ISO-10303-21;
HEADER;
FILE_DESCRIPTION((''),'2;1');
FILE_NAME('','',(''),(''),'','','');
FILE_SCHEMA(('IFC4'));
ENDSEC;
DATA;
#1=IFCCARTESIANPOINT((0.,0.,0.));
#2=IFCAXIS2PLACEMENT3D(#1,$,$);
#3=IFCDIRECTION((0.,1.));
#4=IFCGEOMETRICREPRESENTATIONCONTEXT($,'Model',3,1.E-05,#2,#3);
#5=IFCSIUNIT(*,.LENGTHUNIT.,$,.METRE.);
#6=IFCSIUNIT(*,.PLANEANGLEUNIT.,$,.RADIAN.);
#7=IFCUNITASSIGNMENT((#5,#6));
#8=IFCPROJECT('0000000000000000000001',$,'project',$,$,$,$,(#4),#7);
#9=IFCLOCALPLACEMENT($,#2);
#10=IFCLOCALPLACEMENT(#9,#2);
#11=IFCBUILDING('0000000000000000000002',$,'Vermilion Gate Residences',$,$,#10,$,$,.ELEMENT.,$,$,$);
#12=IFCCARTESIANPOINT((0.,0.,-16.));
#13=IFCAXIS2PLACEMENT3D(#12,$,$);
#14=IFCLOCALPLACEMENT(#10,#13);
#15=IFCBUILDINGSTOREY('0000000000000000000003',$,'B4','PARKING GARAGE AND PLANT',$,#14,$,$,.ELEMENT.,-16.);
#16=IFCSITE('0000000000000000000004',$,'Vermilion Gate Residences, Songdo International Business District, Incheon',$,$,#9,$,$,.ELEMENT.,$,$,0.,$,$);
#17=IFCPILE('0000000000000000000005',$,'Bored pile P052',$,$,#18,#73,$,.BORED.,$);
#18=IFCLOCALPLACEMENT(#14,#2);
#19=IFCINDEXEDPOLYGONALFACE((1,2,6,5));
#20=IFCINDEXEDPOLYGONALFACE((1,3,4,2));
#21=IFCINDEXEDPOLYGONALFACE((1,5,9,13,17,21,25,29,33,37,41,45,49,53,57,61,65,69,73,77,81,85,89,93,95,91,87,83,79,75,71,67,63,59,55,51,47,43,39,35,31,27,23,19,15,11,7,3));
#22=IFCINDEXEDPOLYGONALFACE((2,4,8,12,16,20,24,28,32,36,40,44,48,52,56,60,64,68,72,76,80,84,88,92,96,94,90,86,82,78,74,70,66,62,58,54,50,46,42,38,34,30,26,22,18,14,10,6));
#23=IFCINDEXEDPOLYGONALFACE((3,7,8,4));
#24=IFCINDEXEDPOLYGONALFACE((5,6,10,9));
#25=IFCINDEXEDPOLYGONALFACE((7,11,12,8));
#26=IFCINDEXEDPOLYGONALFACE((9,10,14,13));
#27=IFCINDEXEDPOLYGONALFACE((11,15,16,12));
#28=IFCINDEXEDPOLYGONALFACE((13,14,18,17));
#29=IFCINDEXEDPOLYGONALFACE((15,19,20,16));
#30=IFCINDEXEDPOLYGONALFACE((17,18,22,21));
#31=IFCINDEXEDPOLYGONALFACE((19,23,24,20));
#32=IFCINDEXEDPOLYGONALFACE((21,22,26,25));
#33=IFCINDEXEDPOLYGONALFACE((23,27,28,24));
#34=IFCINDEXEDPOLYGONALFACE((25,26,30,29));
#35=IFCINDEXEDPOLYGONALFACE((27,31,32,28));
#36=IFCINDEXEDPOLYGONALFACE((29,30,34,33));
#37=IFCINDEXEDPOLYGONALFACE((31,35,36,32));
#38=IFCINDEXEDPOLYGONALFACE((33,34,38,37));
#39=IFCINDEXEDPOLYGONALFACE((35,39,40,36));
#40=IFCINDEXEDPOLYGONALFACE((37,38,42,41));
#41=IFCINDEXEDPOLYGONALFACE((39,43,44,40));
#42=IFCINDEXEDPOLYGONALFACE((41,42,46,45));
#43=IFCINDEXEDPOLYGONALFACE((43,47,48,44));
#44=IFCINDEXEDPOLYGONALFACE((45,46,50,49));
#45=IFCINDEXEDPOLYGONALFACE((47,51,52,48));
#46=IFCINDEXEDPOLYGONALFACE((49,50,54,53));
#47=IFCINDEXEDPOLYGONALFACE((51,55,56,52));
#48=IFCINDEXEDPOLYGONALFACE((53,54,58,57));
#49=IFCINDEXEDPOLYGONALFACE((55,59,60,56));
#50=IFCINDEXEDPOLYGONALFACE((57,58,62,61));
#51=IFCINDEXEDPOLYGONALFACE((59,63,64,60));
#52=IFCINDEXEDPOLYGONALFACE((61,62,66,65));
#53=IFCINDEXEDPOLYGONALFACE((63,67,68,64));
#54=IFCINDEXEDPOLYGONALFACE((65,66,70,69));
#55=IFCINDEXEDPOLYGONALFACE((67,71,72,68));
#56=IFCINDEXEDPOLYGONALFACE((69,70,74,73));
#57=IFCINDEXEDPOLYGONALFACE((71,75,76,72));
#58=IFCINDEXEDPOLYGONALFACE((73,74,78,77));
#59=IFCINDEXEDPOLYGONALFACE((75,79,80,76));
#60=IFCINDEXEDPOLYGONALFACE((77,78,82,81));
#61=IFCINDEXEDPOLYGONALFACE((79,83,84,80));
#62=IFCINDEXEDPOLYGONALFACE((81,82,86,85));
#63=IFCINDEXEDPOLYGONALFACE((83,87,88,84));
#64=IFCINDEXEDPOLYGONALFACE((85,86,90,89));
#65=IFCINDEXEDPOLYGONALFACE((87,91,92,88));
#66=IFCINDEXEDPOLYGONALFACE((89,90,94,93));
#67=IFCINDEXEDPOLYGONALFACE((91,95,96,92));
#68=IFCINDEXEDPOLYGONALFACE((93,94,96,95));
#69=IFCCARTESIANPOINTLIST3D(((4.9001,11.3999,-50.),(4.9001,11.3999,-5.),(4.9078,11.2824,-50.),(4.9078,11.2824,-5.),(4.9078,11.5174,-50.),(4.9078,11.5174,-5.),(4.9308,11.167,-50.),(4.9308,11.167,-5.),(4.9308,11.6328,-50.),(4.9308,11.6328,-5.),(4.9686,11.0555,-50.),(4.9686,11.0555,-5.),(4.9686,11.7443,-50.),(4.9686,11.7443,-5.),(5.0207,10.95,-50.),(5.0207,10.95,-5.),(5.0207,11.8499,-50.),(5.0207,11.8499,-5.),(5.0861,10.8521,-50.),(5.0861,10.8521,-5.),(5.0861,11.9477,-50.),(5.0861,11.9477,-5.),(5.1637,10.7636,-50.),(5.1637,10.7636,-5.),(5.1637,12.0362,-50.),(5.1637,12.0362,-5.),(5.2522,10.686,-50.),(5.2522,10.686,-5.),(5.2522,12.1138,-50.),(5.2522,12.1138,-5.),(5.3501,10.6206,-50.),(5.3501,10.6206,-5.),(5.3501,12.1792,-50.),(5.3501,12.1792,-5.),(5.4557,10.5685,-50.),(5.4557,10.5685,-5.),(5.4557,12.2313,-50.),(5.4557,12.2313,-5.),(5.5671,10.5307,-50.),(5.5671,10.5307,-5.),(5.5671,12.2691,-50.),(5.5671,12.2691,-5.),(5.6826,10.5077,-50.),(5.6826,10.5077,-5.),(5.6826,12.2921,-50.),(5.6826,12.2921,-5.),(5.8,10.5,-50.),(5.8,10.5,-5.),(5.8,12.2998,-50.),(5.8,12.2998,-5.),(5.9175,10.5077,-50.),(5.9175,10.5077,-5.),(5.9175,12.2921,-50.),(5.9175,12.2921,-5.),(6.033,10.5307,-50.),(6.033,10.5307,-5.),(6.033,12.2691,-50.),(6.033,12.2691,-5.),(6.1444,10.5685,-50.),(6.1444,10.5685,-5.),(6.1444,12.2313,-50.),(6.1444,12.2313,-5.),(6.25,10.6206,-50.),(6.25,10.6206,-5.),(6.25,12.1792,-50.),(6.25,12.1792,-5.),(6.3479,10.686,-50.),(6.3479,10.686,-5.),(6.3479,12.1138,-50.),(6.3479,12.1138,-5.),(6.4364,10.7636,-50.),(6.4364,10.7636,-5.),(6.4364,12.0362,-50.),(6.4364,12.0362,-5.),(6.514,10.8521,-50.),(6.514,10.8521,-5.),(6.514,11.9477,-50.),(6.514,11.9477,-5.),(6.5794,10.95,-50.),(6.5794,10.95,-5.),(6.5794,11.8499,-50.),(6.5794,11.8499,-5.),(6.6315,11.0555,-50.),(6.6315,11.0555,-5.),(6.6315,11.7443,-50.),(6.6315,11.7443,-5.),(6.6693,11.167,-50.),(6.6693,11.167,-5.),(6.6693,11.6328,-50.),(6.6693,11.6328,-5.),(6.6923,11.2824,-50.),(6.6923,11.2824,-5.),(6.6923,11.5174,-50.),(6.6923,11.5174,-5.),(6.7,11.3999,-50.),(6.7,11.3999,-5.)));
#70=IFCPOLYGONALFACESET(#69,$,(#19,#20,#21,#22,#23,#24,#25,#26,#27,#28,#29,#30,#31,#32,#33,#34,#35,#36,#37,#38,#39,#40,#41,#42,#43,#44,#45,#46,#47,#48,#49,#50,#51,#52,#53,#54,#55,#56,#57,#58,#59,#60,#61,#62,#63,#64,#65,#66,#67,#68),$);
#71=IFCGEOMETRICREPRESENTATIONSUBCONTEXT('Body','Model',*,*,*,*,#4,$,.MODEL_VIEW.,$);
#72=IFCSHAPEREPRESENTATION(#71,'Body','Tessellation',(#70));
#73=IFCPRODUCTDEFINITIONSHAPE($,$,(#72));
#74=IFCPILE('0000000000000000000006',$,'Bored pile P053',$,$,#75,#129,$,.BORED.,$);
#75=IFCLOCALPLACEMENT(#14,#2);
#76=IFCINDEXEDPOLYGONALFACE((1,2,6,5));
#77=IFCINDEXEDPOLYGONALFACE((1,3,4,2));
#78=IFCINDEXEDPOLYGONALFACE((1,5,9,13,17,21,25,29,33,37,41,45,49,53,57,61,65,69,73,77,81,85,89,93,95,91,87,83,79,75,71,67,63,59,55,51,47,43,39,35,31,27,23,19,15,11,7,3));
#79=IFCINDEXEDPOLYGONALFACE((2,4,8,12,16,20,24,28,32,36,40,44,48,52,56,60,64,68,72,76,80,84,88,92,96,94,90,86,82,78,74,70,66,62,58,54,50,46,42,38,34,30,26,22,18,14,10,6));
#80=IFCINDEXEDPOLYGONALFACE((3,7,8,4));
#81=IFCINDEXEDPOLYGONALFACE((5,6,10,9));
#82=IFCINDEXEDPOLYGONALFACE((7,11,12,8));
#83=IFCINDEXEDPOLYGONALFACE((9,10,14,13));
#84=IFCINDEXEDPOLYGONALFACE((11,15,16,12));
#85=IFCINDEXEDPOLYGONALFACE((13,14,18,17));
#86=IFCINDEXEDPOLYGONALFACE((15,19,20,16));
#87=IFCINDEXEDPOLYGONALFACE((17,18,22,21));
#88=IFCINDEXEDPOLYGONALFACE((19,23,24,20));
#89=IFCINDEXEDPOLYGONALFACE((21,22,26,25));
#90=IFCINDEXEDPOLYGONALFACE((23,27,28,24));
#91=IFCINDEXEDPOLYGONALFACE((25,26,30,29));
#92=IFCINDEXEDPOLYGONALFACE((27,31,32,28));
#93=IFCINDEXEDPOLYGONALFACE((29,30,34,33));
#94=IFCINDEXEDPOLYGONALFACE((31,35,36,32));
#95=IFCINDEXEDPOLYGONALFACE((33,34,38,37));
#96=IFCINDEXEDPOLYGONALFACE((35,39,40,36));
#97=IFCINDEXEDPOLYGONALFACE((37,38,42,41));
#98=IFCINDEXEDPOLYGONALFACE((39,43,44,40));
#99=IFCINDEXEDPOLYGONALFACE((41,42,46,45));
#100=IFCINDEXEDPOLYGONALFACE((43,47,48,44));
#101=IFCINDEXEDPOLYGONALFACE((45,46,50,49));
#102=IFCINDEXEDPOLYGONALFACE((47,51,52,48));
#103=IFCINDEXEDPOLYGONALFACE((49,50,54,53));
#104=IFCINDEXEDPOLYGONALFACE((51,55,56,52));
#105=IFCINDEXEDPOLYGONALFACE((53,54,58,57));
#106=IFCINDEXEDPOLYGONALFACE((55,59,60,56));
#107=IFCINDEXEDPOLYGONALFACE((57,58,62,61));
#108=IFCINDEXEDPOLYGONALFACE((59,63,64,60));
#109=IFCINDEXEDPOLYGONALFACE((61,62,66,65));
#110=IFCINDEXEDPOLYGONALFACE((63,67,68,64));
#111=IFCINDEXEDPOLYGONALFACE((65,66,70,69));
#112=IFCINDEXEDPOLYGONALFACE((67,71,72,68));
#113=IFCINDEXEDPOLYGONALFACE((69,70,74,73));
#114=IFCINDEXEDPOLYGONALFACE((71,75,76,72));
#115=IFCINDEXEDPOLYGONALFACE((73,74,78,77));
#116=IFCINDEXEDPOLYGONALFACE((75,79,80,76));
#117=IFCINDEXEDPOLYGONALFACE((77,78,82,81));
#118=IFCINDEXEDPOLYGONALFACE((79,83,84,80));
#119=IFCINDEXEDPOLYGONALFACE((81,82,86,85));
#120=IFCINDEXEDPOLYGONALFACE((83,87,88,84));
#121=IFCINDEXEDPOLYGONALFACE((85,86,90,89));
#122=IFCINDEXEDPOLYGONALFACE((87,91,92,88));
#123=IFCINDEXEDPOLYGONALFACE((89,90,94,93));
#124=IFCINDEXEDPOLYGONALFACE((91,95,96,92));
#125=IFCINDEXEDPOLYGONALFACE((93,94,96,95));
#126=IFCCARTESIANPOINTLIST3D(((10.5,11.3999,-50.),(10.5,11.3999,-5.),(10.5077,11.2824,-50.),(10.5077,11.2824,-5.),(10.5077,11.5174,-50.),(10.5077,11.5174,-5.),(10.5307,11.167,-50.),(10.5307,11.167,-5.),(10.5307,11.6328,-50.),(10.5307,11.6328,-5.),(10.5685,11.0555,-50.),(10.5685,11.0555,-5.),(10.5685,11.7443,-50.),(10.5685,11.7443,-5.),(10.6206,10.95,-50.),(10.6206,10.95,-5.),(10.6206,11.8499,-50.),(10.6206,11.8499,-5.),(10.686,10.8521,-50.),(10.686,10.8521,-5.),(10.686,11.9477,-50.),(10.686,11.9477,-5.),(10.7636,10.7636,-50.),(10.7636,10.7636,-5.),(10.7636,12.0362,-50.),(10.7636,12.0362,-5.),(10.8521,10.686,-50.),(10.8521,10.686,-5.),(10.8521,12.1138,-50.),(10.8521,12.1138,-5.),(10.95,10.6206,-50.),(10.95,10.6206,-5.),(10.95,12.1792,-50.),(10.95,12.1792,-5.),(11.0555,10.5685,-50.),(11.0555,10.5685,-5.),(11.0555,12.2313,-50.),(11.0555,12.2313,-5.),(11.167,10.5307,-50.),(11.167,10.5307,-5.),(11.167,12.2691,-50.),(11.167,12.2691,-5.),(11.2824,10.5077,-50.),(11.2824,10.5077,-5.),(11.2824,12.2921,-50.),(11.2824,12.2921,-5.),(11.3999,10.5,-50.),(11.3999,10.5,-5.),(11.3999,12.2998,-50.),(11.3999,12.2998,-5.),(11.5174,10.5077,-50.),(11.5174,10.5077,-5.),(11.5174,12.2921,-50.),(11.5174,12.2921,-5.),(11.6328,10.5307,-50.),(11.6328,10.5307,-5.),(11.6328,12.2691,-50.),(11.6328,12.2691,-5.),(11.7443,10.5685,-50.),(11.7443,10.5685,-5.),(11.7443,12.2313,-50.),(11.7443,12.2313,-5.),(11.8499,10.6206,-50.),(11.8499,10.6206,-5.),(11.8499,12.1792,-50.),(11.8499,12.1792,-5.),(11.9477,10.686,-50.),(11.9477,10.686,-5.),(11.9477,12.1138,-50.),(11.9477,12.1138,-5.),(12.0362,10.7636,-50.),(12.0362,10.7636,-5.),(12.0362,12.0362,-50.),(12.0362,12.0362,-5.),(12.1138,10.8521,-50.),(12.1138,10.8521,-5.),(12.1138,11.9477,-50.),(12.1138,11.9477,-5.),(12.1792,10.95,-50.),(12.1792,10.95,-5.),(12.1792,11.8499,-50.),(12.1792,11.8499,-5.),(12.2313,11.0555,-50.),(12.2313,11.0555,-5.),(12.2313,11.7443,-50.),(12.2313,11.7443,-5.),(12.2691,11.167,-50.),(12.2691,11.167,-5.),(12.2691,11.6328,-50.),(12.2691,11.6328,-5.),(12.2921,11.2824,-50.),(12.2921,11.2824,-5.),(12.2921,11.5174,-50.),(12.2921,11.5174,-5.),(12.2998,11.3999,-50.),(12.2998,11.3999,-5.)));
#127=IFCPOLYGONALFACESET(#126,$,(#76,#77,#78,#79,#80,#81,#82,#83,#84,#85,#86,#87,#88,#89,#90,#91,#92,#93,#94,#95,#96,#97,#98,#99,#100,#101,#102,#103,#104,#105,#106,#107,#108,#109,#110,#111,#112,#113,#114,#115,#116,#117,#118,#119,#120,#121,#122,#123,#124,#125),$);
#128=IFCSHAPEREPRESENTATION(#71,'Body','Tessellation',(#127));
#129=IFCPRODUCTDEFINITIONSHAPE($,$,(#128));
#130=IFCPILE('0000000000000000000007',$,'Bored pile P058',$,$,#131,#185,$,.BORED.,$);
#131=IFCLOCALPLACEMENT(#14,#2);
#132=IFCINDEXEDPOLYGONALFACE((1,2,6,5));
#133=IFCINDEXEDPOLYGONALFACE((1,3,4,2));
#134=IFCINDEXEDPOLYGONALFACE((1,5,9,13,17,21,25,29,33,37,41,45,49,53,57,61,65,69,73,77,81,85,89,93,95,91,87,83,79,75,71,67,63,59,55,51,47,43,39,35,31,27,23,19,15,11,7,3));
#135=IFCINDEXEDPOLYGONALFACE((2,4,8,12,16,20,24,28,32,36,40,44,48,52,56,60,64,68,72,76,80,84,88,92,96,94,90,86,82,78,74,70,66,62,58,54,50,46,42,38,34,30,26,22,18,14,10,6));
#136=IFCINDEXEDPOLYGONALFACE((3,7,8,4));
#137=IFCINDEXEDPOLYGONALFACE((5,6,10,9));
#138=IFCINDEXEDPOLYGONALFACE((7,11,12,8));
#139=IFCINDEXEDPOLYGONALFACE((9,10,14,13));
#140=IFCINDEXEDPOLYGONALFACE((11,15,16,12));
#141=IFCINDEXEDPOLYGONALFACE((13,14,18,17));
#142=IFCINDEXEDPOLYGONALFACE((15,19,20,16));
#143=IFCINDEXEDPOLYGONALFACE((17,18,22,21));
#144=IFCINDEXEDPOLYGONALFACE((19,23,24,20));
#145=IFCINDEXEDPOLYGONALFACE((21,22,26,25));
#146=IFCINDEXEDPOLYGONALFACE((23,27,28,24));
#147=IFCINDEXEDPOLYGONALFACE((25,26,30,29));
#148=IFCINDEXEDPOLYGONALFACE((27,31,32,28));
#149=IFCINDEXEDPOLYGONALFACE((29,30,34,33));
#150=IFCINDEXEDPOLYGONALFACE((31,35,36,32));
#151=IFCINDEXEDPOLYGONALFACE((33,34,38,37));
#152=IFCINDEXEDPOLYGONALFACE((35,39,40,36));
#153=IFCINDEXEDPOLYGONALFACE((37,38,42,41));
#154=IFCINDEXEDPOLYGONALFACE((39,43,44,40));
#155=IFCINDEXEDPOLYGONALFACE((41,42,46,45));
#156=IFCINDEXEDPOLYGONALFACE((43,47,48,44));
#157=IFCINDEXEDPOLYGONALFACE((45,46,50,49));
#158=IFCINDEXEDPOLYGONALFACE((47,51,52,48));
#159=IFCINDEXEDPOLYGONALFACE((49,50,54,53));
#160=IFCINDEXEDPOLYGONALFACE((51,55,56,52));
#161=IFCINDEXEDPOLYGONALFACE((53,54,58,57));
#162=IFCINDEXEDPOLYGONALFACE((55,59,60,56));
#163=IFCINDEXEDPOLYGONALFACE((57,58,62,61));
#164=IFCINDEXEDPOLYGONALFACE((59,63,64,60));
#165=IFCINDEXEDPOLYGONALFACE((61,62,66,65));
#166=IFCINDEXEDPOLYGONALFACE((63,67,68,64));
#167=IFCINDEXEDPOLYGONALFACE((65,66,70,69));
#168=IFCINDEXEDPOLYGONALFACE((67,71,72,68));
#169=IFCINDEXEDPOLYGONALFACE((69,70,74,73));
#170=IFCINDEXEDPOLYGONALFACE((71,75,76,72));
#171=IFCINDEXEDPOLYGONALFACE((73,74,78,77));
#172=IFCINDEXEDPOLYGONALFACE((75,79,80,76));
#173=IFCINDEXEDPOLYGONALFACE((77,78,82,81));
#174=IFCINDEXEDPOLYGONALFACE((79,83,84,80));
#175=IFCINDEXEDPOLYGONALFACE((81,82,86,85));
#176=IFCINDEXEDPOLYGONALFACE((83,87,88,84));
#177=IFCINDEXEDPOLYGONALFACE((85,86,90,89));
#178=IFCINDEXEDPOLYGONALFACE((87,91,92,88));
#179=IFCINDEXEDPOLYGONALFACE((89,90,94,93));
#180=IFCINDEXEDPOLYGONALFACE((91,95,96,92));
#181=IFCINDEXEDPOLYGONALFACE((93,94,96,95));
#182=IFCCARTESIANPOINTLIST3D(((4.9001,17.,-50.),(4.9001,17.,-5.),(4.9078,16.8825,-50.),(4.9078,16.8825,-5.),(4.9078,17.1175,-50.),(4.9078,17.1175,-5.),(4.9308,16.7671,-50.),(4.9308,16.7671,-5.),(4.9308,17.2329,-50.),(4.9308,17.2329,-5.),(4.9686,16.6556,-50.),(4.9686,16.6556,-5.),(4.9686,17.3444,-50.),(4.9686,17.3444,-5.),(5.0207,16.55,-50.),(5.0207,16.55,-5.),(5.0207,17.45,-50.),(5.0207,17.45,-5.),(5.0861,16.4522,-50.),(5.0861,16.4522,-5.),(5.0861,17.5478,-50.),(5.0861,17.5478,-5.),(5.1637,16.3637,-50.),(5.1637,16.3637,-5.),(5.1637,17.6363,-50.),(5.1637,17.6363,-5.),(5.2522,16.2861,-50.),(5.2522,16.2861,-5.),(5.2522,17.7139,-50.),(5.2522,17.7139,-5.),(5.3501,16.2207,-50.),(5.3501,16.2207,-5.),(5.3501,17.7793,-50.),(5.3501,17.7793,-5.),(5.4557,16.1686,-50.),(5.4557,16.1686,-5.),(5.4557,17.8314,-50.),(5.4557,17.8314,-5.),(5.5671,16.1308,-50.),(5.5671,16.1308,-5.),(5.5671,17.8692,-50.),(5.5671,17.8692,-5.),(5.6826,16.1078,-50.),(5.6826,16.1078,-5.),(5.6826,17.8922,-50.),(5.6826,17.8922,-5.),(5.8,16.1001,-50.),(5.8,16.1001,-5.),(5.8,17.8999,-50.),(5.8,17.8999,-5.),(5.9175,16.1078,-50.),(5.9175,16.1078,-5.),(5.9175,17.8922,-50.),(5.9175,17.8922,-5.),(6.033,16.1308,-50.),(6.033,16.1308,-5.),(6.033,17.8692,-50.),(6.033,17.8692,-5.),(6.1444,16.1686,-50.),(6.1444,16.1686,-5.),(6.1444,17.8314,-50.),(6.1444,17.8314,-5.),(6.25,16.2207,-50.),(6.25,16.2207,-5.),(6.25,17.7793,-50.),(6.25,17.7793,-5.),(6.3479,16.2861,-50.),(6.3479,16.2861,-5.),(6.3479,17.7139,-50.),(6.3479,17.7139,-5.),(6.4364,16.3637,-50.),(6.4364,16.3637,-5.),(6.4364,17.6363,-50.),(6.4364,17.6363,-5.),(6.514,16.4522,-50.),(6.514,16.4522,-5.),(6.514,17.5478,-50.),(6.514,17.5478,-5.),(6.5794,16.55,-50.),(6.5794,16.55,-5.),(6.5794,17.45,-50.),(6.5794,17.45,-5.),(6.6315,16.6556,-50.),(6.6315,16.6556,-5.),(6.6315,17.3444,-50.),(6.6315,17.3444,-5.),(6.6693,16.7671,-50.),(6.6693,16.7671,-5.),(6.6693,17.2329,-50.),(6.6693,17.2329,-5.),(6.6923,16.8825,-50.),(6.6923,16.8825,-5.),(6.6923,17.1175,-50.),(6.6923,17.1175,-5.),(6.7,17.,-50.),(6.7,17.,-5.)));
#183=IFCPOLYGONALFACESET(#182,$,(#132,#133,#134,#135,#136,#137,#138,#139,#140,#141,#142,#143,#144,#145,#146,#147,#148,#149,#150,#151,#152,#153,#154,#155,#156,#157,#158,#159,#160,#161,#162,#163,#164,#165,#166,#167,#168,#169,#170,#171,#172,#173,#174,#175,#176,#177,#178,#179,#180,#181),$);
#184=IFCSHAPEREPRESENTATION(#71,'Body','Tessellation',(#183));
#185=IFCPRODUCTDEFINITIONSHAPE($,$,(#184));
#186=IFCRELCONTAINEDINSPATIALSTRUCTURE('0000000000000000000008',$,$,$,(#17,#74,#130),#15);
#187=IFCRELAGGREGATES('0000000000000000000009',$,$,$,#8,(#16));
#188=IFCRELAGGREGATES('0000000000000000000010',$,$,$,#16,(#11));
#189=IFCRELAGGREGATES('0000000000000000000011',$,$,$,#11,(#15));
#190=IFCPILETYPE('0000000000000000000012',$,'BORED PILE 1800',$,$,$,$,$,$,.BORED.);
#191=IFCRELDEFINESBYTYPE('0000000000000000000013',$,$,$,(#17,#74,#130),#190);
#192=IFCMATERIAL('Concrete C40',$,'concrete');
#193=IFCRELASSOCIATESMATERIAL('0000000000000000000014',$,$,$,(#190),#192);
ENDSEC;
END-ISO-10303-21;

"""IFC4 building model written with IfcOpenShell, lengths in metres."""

from ifc_helpers import new_model, si_unit, direction, frame, origin, origin_2d, place, context, subcontext, project, spatial, circle, extrude, material, material_profile, profile_set, type_object, element, save


model = new_model("IFC4")

# Units and contexts
model_context = context("Model", 3, precision=1e-05, world=origin(), true_north=direction((0.0, 1.0)))
body_context = subcontext(model_context, "Body", "Model", "MODEL_VIEW")
ifc_project = project(units=[si_unit("LENGTHUNIT", "METRE"), si_unit("PLANEANGLEUNIT", "RADIAN")], contexts=[model_context])

# Site, building, storey
site_placement = place(None, origin())
site = spatial("IfcSite", under=ifc_project, at=site_placement, Name="Vermilion Gate Residences, Songdo International Business District, Incheon", CompositionType="ELEMENT", RefElevation=0.0)
building_placement = place(site_placement, origin())
building = spatial("IfcBuilding", under=site, at=building_placement, Name="Vermilion Gate Residences", CompositionType="ELEMENT")
storey_placement = place(building_placement, frame((0.0, 0.0, -16.0)))
storey = spatial("IfcBuildingStorey", under=building, at=storey_placement, Name="B4", Description="PARKING GARAGE AND PLANT", CompositionType="ELEMENT", Elevation=-16.0)

# Piles
ifc_material_1 = material(Name="Concrete C40", Category="concrete")
ifc_material_profile_1 = material_profile(ifc_material_1, circle(Radius=0.8999, at=origin_2d()), Name="BORED PILE 1800")
ifc_profile_set_1 = profile_set([ifc_material_profile_1], Name="Concrete C40")
pile_type = type_object("IfcPileType", Name="BORED PILE 1800", PredefinedType="BORED", material=ifc_profile_set_1)
for number, where, z_axis, x_axis, name in (
    (1, (5.8, 11.3999, -5.0), (0.0, 0.0, -1.0), (1.0, 0.0, 0.0), "Bored pile P052"),
    (2, (11.3999, 11.3999, -5.0), (0.0, 0.0, -1.0), (1.0, 0.0, 0.0), "Bored pile P053"),
    (3, (5.8, 17.0, -5.0), (0.0, 0.0, -1.0), (1.0, 0.0, 0.0), "Bored pile P058"),
):
    element("IfcPile", number, at=place(storey_placement, frame(where, z_axis=z_axis, x_axis=x_axis)), inside=storey, type_object=pile_type, Name=name, PredefinedType="BORED", context=body_context, shape_type="SweptSolid", body=[
        extrude(circle(Radius=0.8999, at=origin_2d()), origin(), (0.0, 0.0, 1.0), 45.0),
    ])

save(model, "model.ifc")
